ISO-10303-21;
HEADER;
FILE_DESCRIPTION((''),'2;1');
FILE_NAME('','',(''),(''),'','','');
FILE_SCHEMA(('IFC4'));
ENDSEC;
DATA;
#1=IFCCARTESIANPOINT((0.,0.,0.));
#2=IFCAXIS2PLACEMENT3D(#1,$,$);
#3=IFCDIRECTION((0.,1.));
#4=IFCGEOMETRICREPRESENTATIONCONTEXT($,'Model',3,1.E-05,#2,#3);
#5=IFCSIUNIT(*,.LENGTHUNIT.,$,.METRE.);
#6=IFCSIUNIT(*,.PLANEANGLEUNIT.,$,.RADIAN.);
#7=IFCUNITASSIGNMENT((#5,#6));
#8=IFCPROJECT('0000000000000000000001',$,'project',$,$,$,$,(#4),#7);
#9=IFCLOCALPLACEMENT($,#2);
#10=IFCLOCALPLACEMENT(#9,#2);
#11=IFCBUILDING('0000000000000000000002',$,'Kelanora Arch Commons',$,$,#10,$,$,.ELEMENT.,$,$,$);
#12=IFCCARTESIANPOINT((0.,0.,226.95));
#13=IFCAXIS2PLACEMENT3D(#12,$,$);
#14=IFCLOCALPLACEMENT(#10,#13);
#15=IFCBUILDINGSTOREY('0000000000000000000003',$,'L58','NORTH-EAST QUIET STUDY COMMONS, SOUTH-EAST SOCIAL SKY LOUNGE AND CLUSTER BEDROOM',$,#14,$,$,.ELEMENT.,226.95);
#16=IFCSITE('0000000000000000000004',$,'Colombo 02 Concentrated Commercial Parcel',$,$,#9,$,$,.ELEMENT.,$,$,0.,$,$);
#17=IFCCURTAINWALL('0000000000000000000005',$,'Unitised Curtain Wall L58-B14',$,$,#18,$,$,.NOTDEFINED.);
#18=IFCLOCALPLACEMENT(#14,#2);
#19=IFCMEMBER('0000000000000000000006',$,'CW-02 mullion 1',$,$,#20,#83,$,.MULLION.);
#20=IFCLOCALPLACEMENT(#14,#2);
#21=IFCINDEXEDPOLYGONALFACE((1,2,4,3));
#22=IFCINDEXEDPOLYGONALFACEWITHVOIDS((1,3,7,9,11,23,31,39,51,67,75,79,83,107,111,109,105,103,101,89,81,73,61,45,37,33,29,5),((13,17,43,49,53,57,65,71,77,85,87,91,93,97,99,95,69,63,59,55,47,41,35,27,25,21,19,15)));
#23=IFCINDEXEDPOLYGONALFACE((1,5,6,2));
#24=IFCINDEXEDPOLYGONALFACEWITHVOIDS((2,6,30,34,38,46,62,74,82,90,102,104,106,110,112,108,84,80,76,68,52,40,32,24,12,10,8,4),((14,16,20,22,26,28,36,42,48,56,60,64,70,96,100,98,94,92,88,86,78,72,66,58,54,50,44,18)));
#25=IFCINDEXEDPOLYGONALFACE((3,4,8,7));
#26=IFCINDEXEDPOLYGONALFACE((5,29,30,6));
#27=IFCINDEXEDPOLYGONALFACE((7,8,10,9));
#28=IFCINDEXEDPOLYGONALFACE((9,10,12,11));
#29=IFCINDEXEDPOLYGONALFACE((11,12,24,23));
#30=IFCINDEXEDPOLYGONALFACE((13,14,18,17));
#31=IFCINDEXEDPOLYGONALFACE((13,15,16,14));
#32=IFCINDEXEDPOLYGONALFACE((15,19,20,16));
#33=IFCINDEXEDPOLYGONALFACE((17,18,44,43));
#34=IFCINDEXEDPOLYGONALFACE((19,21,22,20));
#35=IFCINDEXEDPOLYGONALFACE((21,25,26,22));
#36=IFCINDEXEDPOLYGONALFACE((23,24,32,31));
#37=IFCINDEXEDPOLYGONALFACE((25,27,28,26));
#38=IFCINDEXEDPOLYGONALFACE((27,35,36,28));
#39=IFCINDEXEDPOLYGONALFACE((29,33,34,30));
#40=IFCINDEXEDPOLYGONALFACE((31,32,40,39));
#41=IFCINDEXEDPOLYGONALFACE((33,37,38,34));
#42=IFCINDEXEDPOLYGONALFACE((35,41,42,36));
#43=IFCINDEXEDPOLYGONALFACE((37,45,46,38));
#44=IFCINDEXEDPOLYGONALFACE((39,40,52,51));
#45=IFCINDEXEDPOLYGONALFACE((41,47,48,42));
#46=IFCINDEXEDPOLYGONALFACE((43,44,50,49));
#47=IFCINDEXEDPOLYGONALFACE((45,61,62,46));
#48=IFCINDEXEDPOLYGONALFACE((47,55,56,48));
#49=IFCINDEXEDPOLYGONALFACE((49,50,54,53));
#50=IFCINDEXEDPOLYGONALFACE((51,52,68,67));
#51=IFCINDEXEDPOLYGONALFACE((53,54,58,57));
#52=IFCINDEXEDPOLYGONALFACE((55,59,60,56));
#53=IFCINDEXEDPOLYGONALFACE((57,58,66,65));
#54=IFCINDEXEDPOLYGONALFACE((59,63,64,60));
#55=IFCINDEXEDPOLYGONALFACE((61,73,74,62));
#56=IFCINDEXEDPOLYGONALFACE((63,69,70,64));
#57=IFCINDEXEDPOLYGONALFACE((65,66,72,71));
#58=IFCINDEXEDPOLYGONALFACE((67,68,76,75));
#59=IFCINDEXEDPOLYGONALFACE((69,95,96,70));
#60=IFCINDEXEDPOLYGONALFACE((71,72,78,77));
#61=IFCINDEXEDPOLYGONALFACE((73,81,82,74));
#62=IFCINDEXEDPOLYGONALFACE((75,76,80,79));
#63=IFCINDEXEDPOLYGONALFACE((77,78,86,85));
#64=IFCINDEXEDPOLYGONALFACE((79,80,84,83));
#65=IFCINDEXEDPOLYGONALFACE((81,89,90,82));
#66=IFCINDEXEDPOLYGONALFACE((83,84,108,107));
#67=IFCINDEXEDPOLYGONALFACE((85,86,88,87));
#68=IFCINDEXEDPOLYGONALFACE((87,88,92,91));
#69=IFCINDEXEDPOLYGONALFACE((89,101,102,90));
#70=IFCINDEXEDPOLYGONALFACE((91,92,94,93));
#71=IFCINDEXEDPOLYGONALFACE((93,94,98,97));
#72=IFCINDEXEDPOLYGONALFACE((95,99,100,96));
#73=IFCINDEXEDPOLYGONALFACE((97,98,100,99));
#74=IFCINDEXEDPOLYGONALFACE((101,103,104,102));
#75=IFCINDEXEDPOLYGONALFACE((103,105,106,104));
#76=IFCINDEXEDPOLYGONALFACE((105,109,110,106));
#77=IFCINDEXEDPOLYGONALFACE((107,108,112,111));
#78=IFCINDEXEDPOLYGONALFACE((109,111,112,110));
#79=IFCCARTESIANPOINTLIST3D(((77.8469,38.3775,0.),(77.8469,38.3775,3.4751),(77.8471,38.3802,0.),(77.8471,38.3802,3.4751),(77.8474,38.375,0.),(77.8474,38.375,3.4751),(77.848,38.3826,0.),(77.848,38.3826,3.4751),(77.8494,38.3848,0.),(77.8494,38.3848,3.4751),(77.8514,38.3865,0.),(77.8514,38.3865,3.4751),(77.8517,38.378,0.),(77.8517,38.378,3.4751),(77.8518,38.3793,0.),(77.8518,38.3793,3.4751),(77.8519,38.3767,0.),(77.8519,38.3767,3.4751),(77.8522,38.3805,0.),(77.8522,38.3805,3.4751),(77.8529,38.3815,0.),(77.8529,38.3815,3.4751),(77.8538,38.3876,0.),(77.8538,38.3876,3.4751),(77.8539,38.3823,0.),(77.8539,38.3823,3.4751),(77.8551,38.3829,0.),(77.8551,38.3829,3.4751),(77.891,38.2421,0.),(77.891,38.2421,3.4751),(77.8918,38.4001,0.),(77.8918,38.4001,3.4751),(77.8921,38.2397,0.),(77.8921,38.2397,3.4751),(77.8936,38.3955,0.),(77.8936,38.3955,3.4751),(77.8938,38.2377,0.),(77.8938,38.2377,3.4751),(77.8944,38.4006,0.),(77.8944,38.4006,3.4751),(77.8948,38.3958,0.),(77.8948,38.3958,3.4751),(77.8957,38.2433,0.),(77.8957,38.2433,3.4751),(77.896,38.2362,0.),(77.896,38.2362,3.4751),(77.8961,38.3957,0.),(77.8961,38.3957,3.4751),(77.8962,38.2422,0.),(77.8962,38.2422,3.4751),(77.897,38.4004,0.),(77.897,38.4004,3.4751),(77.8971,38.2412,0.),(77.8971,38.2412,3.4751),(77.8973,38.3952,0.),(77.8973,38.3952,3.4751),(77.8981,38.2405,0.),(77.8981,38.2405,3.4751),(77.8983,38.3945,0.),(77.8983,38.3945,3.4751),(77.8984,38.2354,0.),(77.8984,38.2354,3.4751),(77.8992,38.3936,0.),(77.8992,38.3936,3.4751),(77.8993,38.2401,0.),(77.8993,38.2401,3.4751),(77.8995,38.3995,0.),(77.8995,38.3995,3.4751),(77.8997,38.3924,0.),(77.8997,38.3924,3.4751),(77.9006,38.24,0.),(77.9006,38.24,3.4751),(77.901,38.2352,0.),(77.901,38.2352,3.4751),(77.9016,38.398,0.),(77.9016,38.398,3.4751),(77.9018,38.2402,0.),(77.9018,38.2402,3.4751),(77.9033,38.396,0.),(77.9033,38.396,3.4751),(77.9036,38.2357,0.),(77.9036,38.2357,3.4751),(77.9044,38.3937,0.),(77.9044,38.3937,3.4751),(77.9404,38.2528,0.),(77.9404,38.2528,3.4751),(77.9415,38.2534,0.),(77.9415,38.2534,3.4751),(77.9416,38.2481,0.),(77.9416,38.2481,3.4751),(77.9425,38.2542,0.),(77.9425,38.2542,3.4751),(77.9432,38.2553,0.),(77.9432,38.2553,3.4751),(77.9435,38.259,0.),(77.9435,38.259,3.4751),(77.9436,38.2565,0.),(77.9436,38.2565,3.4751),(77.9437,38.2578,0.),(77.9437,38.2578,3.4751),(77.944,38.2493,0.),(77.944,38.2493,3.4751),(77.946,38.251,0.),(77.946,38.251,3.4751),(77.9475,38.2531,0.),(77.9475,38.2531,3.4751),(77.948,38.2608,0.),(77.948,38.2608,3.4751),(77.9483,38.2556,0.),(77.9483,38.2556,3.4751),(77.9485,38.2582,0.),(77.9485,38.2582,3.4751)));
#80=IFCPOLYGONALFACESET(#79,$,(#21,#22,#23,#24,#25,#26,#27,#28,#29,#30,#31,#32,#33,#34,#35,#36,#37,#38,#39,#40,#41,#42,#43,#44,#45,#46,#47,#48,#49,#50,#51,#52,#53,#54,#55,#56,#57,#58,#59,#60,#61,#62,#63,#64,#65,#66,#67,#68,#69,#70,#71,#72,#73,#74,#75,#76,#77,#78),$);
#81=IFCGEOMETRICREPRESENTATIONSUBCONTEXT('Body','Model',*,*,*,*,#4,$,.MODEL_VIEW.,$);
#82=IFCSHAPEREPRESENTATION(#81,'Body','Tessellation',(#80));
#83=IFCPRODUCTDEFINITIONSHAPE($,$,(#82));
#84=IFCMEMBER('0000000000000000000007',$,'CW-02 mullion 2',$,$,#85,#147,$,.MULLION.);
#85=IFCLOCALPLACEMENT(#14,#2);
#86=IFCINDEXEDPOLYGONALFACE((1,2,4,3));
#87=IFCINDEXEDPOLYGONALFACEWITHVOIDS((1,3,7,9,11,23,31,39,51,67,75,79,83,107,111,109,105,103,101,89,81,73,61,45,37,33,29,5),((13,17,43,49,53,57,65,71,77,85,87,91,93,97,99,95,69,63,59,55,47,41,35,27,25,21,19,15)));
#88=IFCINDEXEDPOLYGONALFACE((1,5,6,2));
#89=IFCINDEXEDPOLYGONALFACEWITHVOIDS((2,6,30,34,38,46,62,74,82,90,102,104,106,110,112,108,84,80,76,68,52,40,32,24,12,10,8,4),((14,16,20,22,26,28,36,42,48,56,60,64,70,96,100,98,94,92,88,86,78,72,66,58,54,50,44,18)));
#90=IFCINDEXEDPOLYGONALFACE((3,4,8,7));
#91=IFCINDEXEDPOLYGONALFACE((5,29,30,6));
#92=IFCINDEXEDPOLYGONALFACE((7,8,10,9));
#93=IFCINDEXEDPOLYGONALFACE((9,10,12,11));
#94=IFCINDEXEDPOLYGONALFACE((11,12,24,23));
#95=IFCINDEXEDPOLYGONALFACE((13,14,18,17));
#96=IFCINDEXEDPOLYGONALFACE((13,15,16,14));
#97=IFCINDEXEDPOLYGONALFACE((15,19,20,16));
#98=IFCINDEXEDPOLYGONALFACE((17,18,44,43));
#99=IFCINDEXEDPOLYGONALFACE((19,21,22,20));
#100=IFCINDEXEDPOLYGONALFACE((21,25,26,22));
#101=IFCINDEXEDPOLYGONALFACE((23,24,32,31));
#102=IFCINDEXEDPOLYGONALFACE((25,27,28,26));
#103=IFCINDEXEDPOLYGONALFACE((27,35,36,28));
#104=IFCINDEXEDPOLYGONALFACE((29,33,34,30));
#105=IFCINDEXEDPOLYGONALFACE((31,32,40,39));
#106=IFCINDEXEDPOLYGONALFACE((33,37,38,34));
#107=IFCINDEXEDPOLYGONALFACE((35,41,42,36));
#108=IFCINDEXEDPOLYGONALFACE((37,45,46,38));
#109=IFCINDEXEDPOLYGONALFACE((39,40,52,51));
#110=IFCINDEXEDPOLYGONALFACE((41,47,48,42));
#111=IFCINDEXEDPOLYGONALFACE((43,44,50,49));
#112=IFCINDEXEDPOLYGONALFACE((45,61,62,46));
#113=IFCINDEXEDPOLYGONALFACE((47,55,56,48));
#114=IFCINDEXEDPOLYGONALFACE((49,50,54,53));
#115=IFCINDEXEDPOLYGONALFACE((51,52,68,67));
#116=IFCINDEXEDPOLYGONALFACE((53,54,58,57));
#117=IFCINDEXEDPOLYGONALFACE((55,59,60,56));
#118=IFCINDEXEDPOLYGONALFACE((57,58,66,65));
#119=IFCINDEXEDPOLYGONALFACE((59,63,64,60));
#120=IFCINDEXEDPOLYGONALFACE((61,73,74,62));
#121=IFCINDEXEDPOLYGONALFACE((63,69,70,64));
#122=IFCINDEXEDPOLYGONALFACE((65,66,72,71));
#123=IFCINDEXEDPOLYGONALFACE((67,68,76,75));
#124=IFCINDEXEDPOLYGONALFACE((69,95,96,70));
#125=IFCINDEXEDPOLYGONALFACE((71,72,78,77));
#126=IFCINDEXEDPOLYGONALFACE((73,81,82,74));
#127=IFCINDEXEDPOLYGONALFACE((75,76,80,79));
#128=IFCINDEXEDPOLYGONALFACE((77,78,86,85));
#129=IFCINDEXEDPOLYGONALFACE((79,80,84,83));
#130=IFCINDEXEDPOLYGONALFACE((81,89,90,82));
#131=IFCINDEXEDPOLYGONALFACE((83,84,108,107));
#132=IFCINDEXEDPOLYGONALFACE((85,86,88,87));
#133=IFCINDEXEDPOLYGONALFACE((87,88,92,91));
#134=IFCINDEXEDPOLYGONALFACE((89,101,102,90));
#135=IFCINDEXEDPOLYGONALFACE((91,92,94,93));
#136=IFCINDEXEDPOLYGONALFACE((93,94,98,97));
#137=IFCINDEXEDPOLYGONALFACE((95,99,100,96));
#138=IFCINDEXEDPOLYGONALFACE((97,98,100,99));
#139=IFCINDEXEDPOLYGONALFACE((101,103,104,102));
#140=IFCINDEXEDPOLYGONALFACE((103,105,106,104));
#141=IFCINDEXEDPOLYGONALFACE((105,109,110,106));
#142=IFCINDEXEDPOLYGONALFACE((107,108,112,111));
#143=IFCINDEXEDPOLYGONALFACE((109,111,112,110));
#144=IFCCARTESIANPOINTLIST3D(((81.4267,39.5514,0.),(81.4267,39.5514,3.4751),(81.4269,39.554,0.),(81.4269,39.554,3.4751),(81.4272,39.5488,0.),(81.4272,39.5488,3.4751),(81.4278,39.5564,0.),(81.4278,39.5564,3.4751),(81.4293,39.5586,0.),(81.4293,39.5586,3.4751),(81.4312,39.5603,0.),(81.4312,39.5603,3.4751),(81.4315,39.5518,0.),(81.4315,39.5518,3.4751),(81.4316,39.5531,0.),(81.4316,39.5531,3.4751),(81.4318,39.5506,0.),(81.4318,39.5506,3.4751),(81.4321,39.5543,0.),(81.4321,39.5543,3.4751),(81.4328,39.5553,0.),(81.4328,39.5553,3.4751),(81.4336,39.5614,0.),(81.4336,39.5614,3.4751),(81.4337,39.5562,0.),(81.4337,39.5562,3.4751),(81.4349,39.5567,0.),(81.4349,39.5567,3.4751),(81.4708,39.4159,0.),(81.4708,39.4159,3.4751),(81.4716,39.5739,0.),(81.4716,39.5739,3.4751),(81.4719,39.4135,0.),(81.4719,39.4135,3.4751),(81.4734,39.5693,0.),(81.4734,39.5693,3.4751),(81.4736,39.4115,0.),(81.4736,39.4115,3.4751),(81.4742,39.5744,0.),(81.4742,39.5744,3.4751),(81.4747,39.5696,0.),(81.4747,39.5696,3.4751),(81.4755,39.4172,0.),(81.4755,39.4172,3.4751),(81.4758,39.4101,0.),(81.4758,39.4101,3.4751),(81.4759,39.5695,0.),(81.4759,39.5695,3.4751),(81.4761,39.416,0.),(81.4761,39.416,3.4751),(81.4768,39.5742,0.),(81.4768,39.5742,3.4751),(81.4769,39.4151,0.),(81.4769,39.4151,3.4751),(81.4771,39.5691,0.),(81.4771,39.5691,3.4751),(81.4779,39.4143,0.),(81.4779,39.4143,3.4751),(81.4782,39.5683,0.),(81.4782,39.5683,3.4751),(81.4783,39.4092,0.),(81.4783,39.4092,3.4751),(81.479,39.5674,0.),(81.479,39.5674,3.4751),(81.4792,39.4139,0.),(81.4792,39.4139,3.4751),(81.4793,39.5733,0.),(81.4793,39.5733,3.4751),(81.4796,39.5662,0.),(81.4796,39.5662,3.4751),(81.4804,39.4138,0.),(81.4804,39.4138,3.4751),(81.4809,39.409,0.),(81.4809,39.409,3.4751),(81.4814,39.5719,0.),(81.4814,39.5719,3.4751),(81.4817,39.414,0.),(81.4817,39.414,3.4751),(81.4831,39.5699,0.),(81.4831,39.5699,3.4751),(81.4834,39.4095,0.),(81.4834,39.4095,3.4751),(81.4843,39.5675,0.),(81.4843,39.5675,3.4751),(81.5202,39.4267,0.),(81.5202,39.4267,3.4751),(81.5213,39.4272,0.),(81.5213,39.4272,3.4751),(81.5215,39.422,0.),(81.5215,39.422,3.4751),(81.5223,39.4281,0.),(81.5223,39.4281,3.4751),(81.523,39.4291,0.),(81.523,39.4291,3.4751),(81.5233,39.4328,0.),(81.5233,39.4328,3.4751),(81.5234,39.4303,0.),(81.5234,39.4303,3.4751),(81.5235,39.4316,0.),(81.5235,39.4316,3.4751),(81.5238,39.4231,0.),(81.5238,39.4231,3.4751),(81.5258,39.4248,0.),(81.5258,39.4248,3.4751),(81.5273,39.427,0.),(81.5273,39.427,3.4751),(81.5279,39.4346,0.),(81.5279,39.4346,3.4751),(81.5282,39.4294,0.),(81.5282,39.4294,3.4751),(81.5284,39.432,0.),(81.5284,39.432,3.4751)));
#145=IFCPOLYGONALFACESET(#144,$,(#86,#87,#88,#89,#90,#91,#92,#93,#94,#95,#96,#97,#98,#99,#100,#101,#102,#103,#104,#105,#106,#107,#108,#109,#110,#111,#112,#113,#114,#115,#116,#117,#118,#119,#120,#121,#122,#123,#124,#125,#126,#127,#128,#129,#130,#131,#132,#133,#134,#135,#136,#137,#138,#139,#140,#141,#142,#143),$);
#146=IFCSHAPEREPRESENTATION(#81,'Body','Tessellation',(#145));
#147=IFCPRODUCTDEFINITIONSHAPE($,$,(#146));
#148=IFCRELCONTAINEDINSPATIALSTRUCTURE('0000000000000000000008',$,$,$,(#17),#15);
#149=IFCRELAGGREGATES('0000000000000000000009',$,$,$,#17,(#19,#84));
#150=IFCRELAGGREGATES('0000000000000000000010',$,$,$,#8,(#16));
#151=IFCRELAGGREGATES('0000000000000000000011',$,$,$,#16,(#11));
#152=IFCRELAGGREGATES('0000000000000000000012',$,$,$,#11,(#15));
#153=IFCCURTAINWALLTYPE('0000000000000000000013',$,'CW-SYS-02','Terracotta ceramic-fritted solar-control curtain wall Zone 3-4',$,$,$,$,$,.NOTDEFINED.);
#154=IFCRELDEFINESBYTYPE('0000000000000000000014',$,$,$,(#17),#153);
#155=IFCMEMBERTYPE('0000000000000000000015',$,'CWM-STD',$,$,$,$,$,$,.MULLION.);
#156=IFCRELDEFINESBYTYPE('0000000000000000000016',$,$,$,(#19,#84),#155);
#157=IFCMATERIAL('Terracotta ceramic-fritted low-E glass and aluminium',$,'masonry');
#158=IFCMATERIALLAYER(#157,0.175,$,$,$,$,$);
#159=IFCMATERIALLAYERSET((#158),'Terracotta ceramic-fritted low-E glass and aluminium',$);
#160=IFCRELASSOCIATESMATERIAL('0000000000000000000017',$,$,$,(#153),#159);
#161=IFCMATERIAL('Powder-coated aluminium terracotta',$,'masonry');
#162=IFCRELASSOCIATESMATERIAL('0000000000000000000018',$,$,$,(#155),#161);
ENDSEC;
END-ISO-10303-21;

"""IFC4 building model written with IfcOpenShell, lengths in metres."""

from ifc_helpers import new_model, si_unit, direction, frame, origin, origin_2d, place, context, subcontext, project, spatial, hollow_rectangle, extrude, material, layer, layer_set, material_profile, profile_set, type_object, element, aggregate, save


model = new_model("IFC4")

# Units and contexts
model_context = context("Model", 3, precision=1e-05, world=origin(), true_north=direction((0.0, 1.0)))
body_context = subcontext(model_context, "Body", "Model", "MODEL_VIEW")
ifc_project = project(units=[si_unit("LENGTHUNIT", "METRE"), si_unit("PLANEANGLEUNIT", "RADIAN")], contexts=[model_context])

# Site, building, storey
site_placement = place(None, origin())
site = spatial("IfcSite", under=ifc_project, at=site_placement, Name="Colombo 02 Concentrated Commercial Parcel", CompositionType="ELEMENT", RefElevation=0.0)
building_placement = place(site_placement, origin())
building = spatial("IfcBuilding", under=site, at=building_placement, Name="Kelanora Arch Commons", CompositionType="ELEMENT")
storey_placement = place(building_placement, frame((0.0, 0.0, 226.95)))
storey = spatial("IfcBuildingStorey", under=building, at=storey_placement, Name="L58", Description="NORTH-EAST QUIET STUDY COMMONS, SOUTH-EAST SOCIAL SKY LOUNGE AND CLUSTER BEDROOM", CompositionType="ELEMENT", Elevation=226.95)

# Curtain wall, members
ifc_material_1 = material(Name="Terracotta ceramic-fritted low-E glass and aluminium", Category="masonry")
ifc_layer_1 = layer(ifc_material_1, 0.175)
ifc_layer_set_1 = layer_set([ifc_layer_1], Name="Terracotta ceramic-fritted low-E glass and aluminium")
curtain_wall_type = type_object("IfcCurtainWallType", Name="CW-SYS-02", Description="Terracotta ceramic-fritted solar-control curtain wall Zone 3-4", PredefinedType="NOTDEFINED", material=ifc_layer_set_1)
curtain_wall_placement = place(storey_placement, origin())
curtain_wall = element("IfcCurtainWall", 1, at=curtain_wall_placement, inside=storey, type_object=curtain_wall_type, Name="Unitised Curtain Wall L58-B14", PredefinedType="NOTDEFINED")
ifc_material_2 = material(Name="Powder-coated aluminium terracotta", Category="masonry")
ifc_material_profile_1 = material_profile(ifc_material_2, hollow_rectangle(XDim=0.1599, YDim=0.0601, WallThickness=0.0049, InnerFilletRadius=0.0049, OuterFilletRadius=0.01, at=origin_2d()), Name="CWM160x60")
ifc_profile_set_1 = profile_set([ifc_material_profile_1], Name="Powder-coated aluminium terracotta")
member_type_1 = type_object("IfcMemberType", Name="CWM-STD", PredefinedType="MULLION", material=ifc_profile_set_1)
member_1_placement = place(storey_placement, frame((77.8977, 38.3179, 0.0), z_axis=(0.0, 0.0, 1.0), x_axis=(-0.311582, 0.950219, 0.0)))
member_1 = element("IfcMember", 2, at=member_1_placement, type_object=member_type_1, Name="CW-02 mullion 1", PredefinedType="MULLION", context=body_context, shape_type="SweptSolid", body=[
    extrude(hollow_rectangle(XDim=0.1599, YDim=0.0601, WallThickness=0.0049, InnerFilletRadius=0.0049, OuterFilletRadius=0.01, at=origin_2d()), origin(), (0.0, 0.0, 1.0), 3.4751),
])
member_2_placement = place(storey_placement, frame((81.4775, 39.4917, 0.0), z_axis=(0.0, 0.0, 1.0), x_axis=(-0.311582, 0.950219, 0.0)))
member_2 = element("IfcMember", 3, at=member_2_placement, type_object=member_type_1, Name="CW-02 mullion 2", PredefinedType="MULLION", context=body_context, shape_type="SweptSolid", body=[
    extrude(hollow_rectangle(XDim=0.1599, YDim=0.0601, WallThickness=0.0049, InnerFilletRadius=0.0049, OuterFilletRadius=0.01, at=origin_2d()), origin(), (0.0, 0.0, 1.0), 3.4751),
])
aggregate(curtain_wall, [member_1, member_2])

save(model, "model.ifc")
